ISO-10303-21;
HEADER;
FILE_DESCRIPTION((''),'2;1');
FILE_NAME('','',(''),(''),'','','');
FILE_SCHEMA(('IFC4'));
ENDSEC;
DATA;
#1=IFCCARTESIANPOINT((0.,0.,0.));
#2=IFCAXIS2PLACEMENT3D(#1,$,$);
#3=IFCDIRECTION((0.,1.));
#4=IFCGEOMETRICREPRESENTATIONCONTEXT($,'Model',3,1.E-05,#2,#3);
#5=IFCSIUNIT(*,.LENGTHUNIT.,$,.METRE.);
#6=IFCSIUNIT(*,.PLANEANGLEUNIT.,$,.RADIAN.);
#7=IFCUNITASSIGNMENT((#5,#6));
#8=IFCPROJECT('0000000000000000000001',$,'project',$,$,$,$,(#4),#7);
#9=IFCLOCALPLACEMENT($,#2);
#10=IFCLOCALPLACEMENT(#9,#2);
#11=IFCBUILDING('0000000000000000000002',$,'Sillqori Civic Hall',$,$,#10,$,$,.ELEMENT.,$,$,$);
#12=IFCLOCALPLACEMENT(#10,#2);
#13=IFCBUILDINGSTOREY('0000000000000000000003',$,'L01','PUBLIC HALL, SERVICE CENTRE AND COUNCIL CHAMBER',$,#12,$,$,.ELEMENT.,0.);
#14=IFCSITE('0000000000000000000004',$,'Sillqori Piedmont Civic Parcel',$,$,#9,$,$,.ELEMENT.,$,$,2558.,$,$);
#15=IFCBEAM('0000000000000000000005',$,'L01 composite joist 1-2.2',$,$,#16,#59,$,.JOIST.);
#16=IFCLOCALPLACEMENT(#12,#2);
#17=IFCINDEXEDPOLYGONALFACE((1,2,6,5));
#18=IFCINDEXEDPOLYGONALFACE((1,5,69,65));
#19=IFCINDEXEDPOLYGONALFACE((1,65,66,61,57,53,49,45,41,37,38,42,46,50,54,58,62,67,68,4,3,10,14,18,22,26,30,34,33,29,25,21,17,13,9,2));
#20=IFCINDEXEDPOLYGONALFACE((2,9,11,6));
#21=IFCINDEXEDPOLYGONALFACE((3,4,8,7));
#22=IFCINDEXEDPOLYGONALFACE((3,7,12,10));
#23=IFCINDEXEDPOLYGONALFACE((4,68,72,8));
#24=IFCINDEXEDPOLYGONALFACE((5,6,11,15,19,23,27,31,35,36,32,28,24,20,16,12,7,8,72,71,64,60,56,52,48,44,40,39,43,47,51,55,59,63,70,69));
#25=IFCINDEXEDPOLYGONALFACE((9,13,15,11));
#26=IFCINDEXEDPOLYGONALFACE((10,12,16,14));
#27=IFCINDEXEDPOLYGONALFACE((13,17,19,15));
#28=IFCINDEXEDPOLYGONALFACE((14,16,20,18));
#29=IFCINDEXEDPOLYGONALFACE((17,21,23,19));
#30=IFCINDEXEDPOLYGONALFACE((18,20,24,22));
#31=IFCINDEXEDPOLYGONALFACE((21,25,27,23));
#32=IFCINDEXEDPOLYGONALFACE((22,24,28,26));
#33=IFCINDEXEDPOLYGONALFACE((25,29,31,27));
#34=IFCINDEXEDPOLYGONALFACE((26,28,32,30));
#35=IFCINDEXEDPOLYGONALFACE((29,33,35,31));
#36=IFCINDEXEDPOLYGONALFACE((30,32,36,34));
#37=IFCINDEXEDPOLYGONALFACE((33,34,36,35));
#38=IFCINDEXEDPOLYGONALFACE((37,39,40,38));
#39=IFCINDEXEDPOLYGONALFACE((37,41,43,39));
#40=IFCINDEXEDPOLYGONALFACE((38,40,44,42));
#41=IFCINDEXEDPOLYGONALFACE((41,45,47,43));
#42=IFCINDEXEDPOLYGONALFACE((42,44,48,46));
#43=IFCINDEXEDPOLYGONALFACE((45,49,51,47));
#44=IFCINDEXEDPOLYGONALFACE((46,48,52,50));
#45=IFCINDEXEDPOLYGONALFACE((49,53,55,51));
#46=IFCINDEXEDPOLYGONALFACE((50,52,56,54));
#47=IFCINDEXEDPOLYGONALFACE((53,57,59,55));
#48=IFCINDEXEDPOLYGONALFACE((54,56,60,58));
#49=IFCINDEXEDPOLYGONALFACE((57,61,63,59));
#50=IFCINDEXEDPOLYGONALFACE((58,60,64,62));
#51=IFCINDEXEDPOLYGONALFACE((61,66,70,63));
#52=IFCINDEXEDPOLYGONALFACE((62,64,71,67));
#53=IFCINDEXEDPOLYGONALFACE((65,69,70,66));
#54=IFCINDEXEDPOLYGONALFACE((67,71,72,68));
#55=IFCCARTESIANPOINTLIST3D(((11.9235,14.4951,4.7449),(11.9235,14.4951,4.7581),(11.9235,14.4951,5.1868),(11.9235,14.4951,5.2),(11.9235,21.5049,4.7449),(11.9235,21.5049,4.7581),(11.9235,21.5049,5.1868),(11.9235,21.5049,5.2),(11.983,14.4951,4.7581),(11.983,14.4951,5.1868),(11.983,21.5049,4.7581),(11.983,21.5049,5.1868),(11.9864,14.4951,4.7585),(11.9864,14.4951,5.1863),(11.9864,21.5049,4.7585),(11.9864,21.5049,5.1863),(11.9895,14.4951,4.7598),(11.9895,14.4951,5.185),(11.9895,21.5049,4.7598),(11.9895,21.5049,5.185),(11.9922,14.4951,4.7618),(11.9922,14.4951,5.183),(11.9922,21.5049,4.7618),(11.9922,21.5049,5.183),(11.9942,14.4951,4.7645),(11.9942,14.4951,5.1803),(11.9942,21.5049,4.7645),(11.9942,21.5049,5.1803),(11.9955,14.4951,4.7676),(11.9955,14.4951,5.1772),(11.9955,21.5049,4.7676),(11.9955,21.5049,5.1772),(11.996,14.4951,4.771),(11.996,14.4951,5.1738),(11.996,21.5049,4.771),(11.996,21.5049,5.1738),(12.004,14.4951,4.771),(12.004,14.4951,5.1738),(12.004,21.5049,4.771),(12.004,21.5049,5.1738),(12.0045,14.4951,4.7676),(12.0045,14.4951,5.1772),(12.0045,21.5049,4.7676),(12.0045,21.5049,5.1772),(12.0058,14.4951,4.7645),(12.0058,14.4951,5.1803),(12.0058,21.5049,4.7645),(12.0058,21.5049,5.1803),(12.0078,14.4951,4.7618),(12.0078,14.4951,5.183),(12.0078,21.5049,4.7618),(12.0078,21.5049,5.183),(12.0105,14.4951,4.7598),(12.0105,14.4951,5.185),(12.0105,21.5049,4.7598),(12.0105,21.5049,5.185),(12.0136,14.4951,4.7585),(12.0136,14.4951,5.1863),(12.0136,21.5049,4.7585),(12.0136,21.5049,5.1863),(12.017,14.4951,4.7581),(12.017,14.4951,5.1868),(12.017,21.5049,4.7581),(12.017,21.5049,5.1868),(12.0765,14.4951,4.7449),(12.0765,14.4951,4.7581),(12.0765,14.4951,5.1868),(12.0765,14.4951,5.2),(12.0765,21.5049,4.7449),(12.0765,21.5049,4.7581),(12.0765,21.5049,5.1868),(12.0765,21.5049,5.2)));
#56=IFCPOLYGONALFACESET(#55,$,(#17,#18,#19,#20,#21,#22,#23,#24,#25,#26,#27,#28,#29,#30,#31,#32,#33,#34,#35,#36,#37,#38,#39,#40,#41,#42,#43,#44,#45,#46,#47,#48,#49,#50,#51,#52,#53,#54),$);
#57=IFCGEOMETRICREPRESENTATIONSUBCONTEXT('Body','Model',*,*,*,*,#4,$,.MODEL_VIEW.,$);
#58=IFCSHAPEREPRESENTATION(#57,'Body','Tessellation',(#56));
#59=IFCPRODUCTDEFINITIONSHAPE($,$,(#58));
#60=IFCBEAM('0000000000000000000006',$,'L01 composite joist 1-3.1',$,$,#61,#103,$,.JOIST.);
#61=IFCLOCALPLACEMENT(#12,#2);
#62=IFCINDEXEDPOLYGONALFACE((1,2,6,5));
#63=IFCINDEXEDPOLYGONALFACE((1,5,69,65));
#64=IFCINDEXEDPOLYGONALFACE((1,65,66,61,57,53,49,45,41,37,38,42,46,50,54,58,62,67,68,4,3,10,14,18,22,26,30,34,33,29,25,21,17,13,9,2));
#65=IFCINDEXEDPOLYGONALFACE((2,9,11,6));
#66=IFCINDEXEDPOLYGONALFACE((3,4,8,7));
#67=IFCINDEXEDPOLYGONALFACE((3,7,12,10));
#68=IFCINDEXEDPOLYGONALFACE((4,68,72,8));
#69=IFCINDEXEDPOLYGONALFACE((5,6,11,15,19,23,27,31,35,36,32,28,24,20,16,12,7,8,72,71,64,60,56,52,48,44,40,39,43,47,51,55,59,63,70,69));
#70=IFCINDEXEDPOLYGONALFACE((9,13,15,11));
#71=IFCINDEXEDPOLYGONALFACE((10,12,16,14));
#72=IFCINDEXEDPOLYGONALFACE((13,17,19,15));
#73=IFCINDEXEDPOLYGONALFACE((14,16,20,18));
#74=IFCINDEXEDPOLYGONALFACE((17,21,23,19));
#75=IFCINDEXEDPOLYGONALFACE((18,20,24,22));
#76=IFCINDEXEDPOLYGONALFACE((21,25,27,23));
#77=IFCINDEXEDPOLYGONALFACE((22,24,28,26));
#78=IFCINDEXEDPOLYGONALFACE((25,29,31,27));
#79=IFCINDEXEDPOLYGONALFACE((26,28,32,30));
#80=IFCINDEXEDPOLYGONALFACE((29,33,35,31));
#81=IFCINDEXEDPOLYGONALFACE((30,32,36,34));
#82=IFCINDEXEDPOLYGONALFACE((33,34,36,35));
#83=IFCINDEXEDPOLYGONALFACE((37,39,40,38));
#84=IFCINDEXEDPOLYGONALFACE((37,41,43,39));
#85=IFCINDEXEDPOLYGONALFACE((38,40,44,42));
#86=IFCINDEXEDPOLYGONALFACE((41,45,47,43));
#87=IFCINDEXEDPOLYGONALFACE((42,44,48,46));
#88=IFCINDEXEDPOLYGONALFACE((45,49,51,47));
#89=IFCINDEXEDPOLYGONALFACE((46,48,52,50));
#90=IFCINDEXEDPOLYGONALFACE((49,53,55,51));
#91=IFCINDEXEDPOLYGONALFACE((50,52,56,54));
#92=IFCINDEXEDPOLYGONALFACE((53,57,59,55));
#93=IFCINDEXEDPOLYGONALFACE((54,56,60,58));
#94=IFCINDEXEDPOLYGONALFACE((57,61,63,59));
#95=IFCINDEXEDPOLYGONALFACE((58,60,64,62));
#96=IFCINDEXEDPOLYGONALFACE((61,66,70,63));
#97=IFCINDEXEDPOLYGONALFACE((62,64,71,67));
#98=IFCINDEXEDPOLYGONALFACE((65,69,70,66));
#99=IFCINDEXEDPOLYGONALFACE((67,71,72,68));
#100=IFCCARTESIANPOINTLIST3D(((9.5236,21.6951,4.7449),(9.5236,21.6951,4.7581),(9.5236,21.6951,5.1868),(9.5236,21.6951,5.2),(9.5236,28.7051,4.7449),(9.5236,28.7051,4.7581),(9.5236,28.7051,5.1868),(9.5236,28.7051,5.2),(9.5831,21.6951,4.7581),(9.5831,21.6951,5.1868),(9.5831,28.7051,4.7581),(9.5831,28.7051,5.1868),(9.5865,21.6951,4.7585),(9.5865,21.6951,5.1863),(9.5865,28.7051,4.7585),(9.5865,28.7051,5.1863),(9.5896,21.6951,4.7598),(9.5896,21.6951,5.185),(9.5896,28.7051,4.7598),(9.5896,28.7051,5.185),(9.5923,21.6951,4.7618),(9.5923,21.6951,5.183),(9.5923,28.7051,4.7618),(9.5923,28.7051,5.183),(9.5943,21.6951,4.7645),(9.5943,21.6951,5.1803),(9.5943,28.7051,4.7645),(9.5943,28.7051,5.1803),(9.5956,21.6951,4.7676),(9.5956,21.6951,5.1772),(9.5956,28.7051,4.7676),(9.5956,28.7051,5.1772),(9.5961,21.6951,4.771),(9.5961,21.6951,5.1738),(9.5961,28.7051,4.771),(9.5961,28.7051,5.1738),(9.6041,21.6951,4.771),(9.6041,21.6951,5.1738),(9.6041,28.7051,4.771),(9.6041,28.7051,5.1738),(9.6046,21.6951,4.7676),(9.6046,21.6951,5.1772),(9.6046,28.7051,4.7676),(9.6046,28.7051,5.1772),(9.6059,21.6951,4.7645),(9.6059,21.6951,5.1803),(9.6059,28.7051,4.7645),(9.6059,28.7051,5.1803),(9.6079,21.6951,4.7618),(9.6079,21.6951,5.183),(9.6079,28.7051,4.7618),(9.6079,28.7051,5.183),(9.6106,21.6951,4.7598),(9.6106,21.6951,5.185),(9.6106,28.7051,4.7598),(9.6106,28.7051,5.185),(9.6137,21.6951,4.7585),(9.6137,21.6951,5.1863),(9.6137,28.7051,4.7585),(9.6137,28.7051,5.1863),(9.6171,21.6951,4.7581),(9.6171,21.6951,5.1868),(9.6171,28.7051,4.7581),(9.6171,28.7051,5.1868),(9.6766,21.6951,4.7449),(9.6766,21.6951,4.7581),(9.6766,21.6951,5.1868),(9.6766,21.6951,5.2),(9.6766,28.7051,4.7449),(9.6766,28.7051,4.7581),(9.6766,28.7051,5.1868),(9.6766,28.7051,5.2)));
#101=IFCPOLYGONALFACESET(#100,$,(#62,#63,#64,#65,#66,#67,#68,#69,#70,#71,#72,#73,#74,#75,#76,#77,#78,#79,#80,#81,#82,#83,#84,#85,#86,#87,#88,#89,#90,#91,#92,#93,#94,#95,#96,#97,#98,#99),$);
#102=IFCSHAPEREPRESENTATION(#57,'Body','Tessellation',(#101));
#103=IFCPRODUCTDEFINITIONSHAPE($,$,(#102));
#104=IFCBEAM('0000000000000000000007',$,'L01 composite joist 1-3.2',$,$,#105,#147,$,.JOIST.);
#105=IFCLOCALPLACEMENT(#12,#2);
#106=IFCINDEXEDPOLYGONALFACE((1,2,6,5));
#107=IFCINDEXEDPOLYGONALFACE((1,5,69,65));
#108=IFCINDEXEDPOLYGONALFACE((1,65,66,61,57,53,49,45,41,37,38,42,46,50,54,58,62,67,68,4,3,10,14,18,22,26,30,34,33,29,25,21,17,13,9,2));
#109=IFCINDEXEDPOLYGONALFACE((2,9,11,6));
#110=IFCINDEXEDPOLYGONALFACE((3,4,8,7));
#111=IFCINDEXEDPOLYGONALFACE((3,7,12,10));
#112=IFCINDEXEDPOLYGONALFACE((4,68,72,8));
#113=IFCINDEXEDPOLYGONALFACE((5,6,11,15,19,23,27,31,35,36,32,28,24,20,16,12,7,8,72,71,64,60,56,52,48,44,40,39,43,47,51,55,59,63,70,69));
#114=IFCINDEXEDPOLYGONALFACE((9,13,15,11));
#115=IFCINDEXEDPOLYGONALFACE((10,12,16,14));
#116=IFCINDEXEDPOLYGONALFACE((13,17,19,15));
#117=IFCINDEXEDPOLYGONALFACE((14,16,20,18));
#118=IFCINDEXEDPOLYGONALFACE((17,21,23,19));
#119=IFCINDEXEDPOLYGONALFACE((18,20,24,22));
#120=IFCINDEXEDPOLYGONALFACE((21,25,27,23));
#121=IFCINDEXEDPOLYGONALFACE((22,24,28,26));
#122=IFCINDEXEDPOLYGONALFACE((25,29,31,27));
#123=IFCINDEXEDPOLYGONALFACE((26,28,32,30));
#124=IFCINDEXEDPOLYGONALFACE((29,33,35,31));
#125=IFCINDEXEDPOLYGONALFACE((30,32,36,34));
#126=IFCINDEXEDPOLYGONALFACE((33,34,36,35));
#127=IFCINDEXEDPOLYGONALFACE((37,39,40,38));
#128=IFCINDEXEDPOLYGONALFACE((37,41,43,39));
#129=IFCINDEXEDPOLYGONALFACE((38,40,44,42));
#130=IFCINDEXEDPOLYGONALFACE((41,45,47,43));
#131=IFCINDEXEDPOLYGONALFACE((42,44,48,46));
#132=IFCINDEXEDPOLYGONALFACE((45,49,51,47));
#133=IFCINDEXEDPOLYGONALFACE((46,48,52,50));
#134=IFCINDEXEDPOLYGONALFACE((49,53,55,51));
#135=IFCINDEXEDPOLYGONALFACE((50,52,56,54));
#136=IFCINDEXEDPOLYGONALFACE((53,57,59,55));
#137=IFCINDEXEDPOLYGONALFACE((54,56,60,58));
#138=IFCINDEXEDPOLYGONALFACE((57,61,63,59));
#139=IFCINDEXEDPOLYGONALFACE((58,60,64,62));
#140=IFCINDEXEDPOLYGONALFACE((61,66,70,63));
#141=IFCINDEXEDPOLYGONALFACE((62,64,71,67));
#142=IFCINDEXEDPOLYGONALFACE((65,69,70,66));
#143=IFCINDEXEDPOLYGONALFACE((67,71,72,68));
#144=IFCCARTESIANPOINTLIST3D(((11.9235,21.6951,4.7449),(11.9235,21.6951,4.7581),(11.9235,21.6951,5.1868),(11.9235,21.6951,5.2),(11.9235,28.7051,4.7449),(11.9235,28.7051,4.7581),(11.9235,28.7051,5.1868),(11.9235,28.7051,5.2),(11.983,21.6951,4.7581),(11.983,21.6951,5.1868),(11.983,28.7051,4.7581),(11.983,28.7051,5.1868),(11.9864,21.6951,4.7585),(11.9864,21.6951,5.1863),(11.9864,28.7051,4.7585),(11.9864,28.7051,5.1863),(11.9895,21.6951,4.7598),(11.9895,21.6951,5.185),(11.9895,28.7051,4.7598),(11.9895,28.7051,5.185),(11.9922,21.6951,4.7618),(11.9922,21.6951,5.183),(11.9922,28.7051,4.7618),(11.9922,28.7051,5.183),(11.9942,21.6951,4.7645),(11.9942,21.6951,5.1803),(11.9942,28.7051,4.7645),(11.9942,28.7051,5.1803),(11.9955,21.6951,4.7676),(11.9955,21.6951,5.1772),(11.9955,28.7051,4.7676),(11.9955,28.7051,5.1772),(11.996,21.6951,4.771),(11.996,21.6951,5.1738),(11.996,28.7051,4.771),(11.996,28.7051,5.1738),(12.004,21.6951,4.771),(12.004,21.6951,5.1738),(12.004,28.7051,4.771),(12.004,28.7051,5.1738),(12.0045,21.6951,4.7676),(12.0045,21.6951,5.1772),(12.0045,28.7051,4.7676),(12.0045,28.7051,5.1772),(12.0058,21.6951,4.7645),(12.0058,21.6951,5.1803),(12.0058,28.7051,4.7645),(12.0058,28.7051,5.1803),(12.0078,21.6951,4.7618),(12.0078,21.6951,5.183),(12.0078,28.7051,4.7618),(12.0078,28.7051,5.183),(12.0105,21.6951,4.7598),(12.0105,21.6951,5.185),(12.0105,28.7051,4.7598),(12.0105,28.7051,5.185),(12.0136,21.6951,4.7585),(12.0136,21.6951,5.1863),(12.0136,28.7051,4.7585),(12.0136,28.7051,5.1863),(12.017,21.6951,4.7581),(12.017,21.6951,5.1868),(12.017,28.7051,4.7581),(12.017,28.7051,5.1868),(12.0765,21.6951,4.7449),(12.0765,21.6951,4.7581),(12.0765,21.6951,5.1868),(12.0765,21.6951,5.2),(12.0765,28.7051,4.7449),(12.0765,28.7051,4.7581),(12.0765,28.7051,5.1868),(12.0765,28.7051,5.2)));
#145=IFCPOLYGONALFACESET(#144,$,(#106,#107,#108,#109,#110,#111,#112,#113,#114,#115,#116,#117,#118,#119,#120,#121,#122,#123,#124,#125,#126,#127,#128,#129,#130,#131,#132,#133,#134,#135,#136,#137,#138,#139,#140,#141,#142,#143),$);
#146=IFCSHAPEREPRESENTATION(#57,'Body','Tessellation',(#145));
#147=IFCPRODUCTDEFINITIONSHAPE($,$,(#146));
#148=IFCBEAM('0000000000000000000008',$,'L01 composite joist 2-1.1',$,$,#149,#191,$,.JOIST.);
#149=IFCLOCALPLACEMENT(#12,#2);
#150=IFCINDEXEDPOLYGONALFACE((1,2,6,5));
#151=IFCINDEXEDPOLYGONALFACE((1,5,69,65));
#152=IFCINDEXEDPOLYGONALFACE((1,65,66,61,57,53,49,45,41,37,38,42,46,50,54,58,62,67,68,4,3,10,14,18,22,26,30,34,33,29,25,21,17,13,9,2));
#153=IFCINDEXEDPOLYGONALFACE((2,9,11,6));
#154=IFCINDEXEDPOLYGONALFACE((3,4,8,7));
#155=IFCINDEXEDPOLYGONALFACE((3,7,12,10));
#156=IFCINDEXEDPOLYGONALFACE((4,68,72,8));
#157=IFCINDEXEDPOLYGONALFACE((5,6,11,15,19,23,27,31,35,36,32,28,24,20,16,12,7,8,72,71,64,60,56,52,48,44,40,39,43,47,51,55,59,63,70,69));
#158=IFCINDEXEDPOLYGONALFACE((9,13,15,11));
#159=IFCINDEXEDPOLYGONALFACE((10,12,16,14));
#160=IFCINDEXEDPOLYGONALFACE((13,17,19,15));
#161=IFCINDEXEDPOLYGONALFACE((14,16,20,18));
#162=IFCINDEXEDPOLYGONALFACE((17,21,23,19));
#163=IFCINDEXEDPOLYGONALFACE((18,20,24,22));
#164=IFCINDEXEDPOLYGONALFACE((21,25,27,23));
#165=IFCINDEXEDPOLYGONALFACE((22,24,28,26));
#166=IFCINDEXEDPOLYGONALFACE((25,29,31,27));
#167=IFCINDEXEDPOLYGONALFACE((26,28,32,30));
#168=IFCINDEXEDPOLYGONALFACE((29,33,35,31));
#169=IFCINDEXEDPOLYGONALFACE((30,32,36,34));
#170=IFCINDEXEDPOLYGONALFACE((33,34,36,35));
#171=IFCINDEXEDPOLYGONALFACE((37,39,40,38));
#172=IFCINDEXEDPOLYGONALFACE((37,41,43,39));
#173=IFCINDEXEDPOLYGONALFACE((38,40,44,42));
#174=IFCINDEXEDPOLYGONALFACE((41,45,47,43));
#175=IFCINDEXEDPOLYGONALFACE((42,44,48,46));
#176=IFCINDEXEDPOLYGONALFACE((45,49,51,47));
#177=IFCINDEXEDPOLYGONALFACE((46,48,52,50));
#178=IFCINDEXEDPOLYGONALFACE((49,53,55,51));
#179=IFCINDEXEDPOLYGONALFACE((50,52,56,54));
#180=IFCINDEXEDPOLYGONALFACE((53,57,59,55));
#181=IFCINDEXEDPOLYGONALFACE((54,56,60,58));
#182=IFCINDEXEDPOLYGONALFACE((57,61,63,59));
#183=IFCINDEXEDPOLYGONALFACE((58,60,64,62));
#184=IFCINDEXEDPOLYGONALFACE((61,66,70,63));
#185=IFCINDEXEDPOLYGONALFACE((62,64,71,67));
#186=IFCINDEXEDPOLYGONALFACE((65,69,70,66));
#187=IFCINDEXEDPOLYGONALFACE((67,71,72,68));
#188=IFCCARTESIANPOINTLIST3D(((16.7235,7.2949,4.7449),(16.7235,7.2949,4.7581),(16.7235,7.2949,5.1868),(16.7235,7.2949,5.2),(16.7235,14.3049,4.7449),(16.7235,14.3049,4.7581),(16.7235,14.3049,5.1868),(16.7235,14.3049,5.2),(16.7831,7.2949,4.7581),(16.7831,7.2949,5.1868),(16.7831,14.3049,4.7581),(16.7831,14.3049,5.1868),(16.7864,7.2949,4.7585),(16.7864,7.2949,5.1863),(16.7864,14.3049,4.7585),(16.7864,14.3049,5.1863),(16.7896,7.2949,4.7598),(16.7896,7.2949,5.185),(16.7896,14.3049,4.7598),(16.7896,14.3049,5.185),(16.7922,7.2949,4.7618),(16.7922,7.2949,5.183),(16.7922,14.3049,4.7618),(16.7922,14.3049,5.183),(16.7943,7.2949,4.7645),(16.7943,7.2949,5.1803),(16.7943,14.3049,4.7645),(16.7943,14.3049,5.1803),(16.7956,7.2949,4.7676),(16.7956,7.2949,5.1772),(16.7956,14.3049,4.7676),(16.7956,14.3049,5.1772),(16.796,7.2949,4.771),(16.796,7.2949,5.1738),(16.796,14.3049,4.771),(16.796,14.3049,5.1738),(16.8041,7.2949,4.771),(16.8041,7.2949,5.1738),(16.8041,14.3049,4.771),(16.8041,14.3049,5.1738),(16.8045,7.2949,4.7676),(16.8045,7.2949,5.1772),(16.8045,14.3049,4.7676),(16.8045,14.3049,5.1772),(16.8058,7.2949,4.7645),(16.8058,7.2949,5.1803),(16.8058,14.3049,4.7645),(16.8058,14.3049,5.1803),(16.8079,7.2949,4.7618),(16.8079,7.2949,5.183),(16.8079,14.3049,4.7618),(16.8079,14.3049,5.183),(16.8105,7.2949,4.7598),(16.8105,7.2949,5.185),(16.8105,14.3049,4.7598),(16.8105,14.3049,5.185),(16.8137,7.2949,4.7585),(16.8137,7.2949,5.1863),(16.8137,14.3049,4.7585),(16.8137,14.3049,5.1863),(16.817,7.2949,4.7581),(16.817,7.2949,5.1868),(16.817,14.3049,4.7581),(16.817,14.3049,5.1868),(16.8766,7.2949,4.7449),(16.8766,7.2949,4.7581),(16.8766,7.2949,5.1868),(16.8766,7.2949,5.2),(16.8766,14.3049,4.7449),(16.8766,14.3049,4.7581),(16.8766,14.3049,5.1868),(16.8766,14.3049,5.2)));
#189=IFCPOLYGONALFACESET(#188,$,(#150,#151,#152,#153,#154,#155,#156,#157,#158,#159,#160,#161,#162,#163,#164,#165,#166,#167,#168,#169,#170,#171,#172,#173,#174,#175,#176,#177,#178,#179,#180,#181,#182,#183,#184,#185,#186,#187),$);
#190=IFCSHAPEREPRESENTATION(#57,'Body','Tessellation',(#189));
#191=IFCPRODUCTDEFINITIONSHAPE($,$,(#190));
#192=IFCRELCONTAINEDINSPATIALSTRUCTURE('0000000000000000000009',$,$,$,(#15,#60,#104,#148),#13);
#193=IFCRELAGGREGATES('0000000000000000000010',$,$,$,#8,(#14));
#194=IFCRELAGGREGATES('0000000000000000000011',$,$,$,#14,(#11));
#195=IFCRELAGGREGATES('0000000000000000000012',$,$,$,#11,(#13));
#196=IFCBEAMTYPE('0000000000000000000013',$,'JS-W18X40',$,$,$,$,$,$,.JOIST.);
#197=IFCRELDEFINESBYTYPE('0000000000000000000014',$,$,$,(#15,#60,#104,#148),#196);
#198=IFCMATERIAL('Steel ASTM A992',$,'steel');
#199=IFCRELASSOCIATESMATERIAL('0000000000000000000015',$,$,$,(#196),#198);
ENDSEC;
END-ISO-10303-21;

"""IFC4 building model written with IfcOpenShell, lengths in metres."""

from ifc_helpers import new_model, si_unit, direction, frame, origin, origin_2d, place, context, subcontext, project, spatial, i_section, extrude, material, material_profile, profile_set, type_object, element, save


model = new_model("IFC4")

# Units and contexts
model_context = context("Model", 3, precision=1e-05, world=origin(), true_north=direction((0.0, 1.0)))
body_context = subcontext(model_context, "Body", "Model", "MODEL_VIEW")
ifc_project = project(units=[si_unit("LENGTHUNIT", "METRE"), si_unit("PLANEANGLEUNIT", "RADIAN")], contexts=[model_context])

# Site, building, storey
site_placement = place(None, origin())
site = spatial("IfcSite", under=ifc_project, at=site_placement, Name="Sillqori Piedmont Civic Parcel", CompositionType="ELEMENT", RefElevation=2558.0)
building_placement = place(site_placement, origin())
building = spatial("IfcBuilding", under=site, at=building_placement, Name="Sillqori Civic Hall", CompositionType="ELEMENT")
storey_placement = place(building_placement, origin())
storey = spatial("IfcBuildingStorey", under=building, at=storey_placement, Name="L01", Description="PUBLIC HALL, SERVICE CENTRE AND COUNCIL CHAMBER", CompositionType="ELEMENT", Elevation=0.0)

# Shared definitions
ifc_material_1 = material(Name="Steel ASTM A992", Category="steel")

# Beams
ifc_material_profile_1 = material_profile(ifc_material_1, i_section(OverallWidth=0.1531, OverallDepth=0.4551, WebThickness=0.0081, FlangeThickness=0.0132, FilletRadius=0.0129, at=origin_2d()), Name="W18X40")
ifc_profile_set_1 = profile_set([ifc_material_profile_1], Name="Steel ASTM A992")
beam_type_1 = type_object("IfcBeamType", Name="JS-W18X40", PredefinedType="JOIST", material=ifc_profile_set_1)
beam_1_placement = place(storey_placement, frame((12.0, 14.4951, 4.9724), z_axis=(0.0, 1.0, 0.0), x_axis=(-1.0, 0.0, 0.0)))
element("IfcBeam", 1, at=beam_1_placement, inside=storey, type_object=beam_type_1, Name="L01 composite joist 1-2.2", PredefinedType="JOIST", context=body_context, shape_type="SweptSolid", body=[
    extrude(i_section(OverallWidth=0.1531, OverallDepth=0.4551, WebThickness=0.0081, FlangeThickness=0.0132, FilletRadius=0.0129, at=origin_2d()), origin(), (0.0, 0.0, 1.0), 7.0098),
])
for number, where, z_axis, x_axis, name in (
    (2, (9.6001, 21.6951, 4.9724), (0.0, 1.0, 0.0), (-1.0, 0.0, 0.0), "L01 composite joist 1-3.1"),
    (3, (12.0, 21.6951, 4.9724), (0.0, 1.0, 0.0), (-1.0, 0.0, 0.0), "L01 composite joist 1-3.2"),
    (4, (16.8, 7.2949, 4.9724), (0.0, 1.0, 0.0), (-1.0, 0.0, 0.0), "L01 composite joist 2-1.1"),
):
    element("IfcBeam", number, at=place(storey_placement, frame(where, z_axis=z_axis, x_axis=x_axis)), inside=storey, type_object=beam_type_1, Name=name, PredefinedType="JOIST", context=body_context, shape_type="SweptSolid", body=[
        extrude(i_section(OverallWidth=0.1531, OverallDepth=0.4551, WebThickness=0.0081, FlangeThickness=0.0132, FilletRadius=0.0129, at=origin_2d()), origin(), (0.0, 0.0, 1.0), 7.01),
    ])

save(model, "model.ifc")
